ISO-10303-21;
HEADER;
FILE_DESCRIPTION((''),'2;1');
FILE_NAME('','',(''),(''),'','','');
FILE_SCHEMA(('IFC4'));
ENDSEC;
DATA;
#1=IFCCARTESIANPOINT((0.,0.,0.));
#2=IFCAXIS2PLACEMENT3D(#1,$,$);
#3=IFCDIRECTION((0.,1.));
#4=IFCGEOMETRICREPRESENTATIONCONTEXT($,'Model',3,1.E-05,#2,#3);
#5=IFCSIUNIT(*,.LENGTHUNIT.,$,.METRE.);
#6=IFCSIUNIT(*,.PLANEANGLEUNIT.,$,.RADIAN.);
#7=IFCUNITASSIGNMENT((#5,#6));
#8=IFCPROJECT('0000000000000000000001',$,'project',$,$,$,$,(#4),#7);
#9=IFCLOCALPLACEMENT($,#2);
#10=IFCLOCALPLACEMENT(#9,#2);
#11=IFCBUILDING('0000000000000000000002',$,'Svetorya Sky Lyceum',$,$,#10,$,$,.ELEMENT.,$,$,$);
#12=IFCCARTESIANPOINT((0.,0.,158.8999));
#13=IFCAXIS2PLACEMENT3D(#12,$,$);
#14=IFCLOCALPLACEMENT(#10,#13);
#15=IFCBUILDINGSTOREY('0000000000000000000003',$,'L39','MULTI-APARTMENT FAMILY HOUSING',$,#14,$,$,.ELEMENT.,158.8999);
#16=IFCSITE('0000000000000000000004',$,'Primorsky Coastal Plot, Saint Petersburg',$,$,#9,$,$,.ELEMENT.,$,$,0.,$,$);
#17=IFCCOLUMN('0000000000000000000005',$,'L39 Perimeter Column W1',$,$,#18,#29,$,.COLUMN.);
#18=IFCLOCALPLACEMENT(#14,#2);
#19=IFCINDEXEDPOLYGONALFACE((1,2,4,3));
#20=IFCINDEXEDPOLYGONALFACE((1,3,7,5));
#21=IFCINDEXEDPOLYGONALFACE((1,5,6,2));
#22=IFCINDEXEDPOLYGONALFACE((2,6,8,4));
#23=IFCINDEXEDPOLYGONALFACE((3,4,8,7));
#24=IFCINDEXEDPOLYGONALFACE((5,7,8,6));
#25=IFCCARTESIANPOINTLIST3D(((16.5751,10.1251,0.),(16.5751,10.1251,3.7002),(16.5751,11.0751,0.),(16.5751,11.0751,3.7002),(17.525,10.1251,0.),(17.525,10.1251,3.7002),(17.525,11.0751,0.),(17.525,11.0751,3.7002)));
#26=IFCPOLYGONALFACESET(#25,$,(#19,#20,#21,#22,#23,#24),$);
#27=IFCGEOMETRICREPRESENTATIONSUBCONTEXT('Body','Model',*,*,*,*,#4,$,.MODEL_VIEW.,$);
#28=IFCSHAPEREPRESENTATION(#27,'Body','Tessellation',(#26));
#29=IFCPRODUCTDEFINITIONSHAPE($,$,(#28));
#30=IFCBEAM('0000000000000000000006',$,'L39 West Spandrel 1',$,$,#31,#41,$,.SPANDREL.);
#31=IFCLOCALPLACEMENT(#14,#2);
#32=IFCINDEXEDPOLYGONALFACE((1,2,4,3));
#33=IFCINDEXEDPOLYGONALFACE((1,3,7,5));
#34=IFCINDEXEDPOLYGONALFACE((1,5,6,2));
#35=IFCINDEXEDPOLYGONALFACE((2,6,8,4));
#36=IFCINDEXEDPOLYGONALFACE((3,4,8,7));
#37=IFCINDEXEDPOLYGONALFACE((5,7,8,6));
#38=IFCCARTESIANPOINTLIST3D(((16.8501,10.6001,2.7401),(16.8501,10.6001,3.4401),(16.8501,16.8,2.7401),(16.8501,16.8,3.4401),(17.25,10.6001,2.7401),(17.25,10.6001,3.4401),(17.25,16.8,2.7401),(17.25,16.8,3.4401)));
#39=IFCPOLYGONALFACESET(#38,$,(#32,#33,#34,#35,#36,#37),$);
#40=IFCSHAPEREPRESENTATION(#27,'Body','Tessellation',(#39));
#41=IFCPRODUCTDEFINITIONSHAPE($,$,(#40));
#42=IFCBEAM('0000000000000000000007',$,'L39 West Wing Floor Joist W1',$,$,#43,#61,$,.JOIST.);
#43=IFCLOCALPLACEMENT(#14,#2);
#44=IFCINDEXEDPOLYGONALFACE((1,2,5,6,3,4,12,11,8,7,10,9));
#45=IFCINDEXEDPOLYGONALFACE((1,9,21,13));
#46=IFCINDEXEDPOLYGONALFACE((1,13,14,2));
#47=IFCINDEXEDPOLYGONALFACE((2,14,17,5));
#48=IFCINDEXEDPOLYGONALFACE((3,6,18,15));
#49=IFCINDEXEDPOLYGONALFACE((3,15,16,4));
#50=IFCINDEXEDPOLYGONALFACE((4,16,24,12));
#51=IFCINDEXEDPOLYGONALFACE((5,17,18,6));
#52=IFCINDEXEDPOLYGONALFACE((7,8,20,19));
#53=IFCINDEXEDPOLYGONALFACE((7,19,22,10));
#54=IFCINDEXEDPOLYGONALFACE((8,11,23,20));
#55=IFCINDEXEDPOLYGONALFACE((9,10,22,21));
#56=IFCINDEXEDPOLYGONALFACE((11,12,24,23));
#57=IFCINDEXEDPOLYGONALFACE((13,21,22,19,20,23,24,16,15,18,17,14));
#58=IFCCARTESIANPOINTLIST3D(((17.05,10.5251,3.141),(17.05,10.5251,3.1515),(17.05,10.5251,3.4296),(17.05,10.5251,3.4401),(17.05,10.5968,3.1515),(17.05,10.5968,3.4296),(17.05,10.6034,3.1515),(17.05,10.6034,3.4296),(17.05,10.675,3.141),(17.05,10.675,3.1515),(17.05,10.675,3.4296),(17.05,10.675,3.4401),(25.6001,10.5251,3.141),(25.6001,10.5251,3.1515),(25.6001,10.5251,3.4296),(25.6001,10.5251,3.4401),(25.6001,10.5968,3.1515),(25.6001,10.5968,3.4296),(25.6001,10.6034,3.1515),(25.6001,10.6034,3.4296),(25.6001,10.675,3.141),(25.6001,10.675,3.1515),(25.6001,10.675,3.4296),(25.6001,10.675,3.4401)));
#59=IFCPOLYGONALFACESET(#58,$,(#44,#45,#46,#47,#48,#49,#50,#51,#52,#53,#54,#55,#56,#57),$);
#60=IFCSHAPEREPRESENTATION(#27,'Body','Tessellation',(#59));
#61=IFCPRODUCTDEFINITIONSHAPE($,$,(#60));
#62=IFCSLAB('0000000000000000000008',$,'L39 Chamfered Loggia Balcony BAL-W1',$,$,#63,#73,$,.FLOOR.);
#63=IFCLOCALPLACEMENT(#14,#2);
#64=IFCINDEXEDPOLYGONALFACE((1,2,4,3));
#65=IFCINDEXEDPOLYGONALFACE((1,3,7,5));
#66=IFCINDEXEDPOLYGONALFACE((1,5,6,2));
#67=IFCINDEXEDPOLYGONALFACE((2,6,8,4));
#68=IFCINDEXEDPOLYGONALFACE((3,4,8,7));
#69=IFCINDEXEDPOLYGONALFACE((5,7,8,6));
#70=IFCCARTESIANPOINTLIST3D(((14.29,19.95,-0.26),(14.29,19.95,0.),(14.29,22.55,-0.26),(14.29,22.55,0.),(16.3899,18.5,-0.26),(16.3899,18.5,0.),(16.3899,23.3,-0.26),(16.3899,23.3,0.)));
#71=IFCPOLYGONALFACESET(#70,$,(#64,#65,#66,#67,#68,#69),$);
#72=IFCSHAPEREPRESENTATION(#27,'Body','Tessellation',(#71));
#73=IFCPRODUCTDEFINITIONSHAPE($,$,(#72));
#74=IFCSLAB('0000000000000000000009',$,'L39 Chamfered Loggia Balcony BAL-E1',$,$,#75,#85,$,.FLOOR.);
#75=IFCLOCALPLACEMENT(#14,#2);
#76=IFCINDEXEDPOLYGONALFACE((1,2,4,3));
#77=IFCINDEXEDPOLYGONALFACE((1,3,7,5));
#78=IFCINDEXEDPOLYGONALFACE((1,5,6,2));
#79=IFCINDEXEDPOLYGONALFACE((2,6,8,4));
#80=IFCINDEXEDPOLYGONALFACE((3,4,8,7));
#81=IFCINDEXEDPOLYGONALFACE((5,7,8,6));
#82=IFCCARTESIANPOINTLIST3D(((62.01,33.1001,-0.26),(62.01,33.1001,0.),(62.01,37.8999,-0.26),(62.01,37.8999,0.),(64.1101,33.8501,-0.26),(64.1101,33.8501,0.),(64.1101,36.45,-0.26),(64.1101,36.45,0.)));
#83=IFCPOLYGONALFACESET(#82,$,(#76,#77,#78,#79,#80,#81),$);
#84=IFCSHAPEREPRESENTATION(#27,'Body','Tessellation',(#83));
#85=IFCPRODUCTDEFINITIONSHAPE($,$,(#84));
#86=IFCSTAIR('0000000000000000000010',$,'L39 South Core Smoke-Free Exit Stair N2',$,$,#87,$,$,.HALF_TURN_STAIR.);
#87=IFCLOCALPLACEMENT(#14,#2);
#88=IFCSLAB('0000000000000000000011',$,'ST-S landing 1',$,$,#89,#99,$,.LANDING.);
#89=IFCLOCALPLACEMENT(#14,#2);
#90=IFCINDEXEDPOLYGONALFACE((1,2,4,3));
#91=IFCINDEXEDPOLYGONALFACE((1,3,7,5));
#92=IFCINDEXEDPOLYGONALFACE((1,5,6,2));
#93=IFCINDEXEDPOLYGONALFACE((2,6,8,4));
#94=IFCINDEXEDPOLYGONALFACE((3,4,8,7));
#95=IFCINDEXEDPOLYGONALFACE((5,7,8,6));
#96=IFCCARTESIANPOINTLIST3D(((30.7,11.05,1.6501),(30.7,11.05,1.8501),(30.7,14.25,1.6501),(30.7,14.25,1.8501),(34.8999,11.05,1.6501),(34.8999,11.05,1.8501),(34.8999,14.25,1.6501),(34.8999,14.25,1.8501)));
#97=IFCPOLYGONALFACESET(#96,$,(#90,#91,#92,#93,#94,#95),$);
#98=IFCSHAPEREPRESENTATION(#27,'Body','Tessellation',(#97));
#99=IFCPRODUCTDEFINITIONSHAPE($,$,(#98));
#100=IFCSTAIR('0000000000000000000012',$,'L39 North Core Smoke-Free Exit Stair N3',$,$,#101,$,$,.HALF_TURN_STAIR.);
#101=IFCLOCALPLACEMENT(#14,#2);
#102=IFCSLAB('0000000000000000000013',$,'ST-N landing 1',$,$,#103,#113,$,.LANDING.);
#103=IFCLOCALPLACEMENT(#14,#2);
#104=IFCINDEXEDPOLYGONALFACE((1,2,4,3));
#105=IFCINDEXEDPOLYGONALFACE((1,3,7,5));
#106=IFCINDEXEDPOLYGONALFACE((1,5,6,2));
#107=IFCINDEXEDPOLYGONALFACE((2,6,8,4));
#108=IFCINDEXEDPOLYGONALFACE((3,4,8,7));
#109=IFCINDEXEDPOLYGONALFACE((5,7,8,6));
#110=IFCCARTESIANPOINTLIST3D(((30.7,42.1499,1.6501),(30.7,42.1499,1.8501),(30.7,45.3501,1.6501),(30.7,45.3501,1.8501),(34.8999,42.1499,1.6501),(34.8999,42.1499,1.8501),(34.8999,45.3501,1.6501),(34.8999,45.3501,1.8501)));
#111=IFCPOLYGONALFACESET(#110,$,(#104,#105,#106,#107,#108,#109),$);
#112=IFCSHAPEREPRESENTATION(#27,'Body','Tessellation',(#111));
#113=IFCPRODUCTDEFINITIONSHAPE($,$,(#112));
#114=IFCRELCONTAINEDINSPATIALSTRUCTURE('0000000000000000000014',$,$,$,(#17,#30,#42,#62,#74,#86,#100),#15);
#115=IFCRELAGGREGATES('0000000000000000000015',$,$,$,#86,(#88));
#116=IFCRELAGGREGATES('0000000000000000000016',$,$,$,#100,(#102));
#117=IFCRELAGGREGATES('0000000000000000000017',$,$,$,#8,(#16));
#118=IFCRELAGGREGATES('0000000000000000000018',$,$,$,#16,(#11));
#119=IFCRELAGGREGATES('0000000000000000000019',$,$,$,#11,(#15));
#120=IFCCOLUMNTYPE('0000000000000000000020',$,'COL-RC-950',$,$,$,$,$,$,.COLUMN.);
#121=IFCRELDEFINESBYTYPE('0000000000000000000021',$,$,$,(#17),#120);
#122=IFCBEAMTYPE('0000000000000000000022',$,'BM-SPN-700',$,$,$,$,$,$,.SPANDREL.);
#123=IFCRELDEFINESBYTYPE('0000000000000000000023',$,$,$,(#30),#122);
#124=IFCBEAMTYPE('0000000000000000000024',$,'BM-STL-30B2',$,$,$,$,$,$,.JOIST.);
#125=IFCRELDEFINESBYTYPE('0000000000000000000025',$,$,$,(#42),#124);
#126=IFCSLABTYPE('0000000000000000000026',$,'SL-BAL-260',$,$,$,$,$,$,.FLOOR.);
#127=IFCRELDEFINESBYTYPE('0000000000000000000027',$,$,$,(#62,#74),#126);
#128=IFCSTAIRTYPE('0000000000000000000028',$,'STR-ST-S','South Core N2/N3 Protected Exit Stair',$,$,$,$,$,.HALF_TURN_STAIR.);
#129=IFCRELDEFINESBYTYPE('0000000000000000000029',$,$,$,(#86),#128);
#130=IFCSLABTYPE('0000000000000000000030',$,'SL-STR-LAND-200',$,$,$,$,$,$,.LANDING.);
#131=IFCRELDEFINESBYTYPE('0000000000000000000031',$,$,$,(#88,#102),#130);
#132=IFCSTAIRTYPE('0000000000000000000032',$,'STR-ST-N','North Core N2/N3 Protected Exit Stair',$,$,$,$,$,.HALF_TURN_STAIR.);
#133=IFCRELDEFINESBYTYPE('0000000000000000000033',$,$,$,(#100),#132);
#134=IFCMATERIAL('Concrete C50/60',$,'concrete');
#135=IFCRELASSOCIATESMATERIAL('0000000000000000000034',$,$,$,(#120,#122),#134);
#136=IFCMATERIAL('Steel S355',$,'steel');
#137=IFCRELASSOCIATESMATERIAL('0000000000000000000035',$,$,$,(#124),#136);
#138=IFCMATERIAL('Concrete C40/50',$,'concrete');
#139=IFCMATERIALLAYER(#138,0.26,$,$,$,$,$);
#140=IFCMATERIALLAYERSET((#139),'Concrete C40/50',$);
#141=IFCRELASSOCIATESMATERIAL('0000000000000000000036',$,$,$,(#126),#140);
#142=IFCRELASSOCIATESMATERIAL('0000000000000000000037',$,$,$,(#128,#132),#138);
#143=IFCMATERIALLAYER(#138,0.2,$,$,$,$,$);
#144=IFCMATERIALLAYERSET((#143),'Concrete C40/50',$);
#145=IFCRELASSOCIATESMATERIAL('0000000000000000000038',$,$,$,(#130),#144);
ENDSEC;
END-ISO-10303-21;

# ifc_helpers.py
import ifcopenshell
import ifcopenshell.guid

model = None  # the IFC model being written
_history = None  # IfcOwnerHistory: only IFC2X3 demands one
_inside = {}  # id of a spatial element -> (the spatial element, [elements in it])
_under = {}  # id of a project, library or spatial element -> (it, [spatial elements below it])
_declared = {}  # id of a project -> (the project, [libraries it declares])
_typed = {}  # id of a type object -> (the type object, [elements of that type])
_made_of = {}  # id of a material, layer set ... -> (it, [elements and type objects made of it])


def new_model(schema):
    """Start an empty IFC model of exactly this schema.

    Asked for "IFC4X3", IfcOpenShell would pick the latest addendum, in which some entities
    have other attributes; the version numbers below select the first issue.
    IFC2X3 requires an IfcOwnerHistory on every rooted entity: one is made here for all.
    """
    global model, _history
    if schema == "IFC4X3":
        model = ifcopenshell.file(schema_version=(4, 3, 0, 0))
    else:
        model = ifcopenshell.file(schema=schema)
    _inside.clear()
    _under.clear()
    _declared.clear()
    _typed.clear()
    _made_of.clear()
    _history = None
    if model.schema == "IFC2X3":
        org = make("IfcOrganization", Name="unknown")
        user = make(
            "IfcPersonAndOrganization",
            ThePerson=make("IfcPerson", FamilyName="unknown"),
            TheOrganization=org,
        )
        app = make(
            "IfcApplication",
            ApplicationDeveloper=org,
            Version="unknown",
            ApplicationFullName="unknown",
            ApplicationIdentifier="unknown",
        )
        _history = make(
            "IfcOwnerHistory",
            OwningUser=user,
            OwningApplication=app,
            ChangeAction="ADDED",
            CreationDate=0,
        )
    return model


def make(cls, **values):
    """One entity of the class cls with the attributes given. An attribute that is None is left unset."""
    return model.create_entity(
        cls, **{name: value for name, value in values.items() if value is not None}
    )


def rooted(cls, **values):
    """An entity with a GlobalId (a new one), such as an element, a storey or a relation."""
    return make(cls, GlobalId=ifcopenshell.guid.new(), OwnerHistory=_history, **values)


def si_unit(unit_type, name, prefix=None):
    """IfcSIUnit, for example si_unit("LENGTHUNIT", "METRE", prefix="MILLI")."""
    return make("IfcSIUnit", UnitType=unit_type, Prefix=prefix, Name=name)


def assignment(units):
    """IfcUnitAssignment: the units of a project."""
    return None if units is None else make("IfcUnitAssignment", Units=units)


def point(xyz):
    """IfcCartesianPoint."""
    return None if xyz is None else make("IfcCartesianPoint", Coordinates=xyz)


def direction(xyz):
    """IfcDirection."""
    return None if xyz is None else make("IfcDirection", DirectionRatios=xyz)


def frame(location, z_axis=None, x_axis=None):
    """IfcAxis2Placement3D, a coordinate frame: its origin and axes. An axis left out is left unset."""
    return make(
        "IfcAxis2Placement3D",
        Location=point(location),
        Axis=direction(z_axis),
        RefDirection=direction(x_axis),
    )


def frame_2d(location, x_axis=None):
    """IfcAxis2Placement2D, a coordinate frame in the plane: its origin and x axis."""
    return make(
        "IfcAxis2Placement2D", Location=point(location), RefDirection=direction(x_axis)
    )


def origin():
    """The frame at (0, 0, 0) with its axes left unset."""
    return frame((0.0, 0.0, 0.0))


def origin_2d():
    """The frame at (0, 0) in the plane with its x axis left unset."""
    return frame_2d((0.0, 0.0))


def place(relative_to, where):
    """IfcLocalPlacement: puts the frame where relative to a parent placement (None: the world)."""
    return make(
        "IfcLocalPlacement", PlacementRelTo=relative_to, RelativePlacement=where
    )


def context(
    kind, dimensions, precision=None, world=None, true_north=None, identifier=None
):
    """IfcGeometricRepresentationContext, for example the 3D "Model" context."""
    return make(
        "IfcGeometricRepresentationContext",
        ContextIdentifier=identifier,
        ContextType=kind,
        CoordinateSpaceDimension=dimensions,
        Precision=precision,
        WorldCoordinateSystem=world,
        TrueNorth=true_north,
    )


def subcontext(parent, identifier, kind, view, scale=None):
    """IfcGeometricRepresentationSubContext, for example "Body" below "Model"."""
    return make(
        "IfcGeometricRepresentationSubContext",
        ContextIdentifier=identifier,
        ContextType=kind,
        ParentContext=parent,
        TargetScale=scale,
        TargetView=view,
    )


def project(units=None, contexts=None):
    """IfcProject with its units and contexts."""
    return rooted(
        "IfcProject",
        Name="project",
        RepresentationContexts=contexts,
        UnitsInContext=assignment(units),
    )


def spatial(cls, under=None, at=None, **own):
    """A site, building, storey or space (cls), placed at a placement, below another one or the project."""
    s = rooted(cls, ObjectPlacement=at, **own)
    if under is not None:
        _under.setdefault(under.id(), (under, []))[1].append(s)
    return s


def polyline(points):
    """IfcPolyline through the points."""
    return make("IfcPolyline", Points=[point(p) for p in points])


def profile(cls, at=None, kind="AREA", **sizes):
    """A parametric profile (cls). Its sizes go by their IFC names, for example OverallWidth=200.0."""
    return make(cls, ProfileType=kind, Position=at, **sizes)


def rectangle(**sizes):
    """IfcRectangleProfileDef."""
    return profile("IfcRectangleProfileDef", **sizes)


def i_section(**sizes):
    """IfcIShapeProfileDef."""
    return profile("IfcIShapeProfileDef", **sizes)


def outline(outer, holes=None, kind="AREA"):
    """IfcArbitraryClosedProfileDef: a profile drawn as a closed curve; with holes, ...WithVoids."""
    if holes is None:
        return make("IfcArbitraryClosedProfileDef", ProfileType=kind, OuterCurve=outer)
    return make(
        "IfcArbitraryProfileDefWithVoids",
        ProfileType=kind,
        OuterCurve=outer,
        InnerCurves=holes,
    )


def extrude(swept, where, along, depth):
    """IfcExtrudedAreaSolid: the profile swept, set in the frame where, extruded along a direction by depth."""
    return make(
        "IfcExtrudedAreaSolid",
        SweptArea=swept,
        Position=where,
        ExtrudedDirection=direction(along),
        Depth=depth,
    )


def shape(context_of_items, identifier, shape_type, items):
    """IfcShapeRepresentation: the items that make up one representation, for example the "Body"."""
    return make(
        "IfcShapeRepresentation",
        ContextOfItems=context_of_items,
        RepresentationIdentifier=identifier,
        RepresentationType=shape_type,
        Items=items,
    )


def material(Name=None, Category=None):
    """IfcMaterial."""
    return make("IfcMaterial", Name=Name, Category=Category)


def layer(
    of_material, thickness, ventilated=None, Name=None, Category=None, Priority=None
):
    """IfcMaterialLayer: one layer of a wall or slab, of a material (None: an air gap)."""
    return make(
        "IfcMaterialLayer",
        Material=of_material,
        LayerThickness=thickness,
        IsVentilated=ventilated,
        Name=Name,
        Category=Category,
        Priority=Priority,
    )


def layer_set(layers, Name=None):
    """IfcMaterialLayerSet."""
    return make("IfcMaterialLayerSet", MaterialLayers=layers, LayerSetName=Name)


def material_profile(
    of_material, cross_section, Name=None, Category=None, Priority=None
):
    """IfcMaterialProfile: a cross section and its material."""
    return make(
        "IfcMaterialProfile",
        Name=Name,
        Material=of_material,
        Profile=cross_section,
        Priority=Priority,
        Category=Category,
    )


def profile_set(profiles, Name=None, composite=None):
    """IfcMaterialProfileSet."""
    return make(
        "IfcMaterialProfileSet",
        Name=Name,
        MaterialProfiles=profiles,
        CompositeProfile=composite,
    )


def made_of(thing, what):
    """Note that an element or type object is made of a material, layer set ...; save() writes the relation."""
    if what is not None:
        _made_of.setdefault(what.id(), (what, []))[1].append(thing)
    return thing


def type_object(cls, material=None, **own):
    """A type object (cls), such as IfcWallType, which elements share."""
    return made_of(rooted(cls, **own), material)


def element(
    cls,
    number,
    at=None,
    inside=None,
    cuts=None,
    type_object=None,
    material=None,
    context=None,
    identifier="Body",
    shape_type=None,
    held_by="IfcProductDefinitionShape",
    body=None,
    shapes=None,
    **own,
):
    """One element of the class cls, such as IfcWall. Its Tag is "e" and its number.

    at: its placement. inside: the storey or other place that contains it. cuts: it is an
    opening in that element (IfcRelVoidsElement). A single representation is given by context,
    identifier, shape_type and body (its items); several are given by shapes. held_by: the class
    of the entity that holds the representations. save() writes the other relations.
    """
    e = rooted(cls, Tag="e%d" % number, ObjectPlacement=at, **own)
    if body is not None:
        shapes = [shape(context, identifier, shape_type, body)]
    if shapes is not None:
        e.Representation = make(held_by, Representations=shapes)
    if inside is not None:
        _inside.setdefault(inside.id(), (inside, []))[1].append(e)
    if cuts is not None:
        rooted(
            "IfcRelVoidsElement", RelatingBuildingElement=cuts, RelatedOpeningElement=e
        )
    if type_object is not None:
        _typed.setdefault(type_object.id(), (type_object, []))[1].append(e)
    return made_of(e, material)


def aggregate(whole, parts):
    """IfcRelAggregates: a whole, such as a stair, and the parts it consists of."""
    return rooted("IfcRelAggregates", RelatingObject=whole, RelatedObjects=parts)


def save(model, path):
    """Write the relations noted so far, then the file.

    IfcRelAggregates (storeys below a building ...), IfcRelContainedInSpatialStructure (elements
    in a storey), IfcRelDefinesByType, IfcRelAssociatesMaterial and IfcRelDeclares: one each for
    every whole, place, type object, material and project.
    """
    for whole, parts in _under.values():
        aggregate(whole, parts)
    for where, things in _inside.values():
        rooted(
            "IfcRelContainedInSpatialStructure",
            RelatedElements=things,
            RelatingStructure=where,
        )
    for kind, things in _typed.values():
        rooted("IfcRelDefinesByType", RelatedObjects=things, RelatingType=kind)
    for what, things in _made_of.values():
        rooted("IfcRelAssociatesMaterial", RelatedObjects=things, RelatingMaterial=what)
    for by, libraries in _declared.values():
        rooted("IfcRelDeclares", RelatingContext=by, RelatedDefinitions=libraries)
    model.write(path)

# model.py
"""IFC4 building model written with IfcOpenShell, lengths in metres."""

from ifc_helpers import new_model, si_unit, direction, frame, origin, origin_2d, place, context, subcontext, project, spatial, polyline, rectangle, i_section, outline, extrude, material, layer, layer_set, material_profile, profile_set, type_object, element, aggregate, save


model = new_model("IFC4")

# Units and contexts
model_context = context("Model", 3, precision=1e-05, world=origin(), true_north=direction((0.0, 1.0)))
body_context = subcontext(model_context, "Body", "Model", "MODEL_VIEW")
ifc_project = project(units=[si_unit("LENGTHUNIT", "METRE"), si_unit("PLANEANGLEUNIT", "RADIAN")], contexts=[model_context])

# Site, building, storey
site_placement = place(None, origin())
site = spatial("IfcSite", under=ifc_project, at=site_placement, Name="Primorsky Coastal Plot, Saint Petersburg", CompositionType="ELEMENT", RefElevation=0.0)
building_placement = place(site_placement, origin())
building = spatial("IfcBuilding", under=site, at=building_placement, Name="Svetorya Sky Lyceum", CompositionType="ELEMENT")
storey_placement = place(building_placement, frame((0.0, 0.0, 158.8999)))
storey = spatial("IfcBuildingStorey", under=building, at=storey_placement, Name="L39", Description="MULTI-APARTMENT FAMILY HOUSING", CompositionType="ELEMENT", Elevation=158.8999)

# Column
ifc_material_1 = material(Name="Concrete C50/60", Category="concrete")
ifc_material_profile_1 = material_profile(ifc_material_1, rectangle(XDim=0.95, YDim=0.95, at=origin_2d()), Name="RC COL 950x950")
ifc_profile_set_1 = profile_set([ifc_material_profile_1], Name="Concrete C50/60")
column_type = type_object("IfcColumnType", Name="COL-RC-950", PredefinedType="COLUMN", material=ifc_profile_set_1)
column_placement = place(storey_placement, frame((17.05, 10.6001, 0.0), z_axis=(0.0, 0.0, 1.0), x_axis=(1.0, 0.0, 0.0)))
element("IfcColumn", 1, at=column_placement, inside=storey, type_object=column_type, Name="L39 Perimeter Column W1", PredefinedType="COLUMN", context=body_context, shape_type="SweptSolid", body=[
    extrude(rectangle(XDim=0.95, YDim=0.95, at=origin_2d()), origin(), (0.0, 0.0, 1.0), 3.7002),
])

# Beams
ifc_material_profile_2 = material_profile(ifc_material_1, rectangle(XDim=0.3999, YDim=0.7, at=origin_2d()), Name="RC SPANDREL 400x700")
ifc_profile_set_2 = profile_set([ifc_material_profile_2], Name="Concrete C50/60")
beam_type_1 = type_object("IfcBeamType", Name="BM-SPN-700", PredefinedType="SPANDREL", material=ifc_profile_set_2)
beam_1_placement = place(storey_placement, frame((17.05, 10.6001, 3.0901), z_axis=(0.0, 1.0, 0.0), x_axis=(-1.0, 0.0, 0.0)))
element("IfcBeam", 2, at=beam_1_placement, inside=storey, type_object=beam_type_1, Name="L39 West Spandrel 1", PredefinedType="SPANDREL", context=body_context, shape_type="SweptSolid", body=[
    extrude(rectangle(XDim=0.3999, YDim=0.7, at=origin_2d()), origin(), (0.0, 0.0, 1.0), 6.2),
])
ifc_material_2 = material(Name="Steel S355", Category="steel")
ifc_material_profile_3 = material_profile(ifc_material_2, i_section(OverallWidth=0.1499, OverallDepth=0.2991, WebThickness=0.0066, FlangeThickness=0.0105, at=origin_2d()), Name="GOST 30B2")
ifc_profile_set_3 = profile_set([ifc_material_profile_3], Name="Steel S355")
beam_type_2 = type_object("IfcBeamType", Name="BM-STL-30B2", PredefinedType="JOIST", material=ifc_profile_set_3)
beam_2_placement = place(storey_placement, frame((17.05, 10.6001, 3.2905), z_axis=(1.0, 0.0, 0.0), x_axis=(0.0, 1.0, 0.0)))
element("IfcBeam", 3, at=beam_2_placement, inside=storey, type_object=beam_type_2, Name="L39 West Wing Floor Joist W1", PredefinedType="JOIST", context=body_context, shape_type="SweptSolid", body=[
    extrude(i_section(OverallWidth=0.1499, OverallDepth=0.2991, WebThickness=0.0066, FlangeThickness=0.0105, at=origin_2d()), origin(), (0.0, 0.0, 1.0), 8.55),
])

# Slabs
ifc_material_3 = material(Name="Concrete C40/50", Category="concrete")
ifc_layer_1 = layer(ifc_material_3, 0.26)
ifc_layer_set_1 = layer_set([ifc_layer_1], Name="Concrete C40/50")
slab_type_1 = type_object("IfcSlabType", Name="SL-BAL-260", PredefinedType="FLOOR", material=ifc_layer_set_1)
slab_1_placement = place(storey_placement, frame((0.0, 0.0, -0.26)))
element("IfcSlab", 4, at=slab_1_placement, inside=storey, type_object=slab_type_1, Name="L39 Chamfered Loggia Balcony BAL-W1", PredefinedType="FLOOR", context=body_context, shape_type="SweptSolid", body=[
    extrude(outline(polyline([(16.3899, 18.5), (16.3899, 23.3), (14.29, 22.55), (14.29, 19.95), (16.3899, 18.5)])), origin(), (0.0, 0.0, 1.0), 0.26),
])
slab_2_placement = place(storey_placement, frame((0.0, 0.0, -0.26)))
element("IfcSlab", 5, at=slab_2_placement, inside=storey, type_object=slab_type_1, Name="L39 Chamfered Loggia Balcony BAL-E1", PredefinedType="FLOOR", context=body_context, shape_type="SweptSolid", body=[
    extrude(outline(polyline([(62.01, 33.1001), (64.1101, 33.8501), (64.1101, 36.45), (62.01, 37.8999), (62.01, 33.1001)])), origin(), (0.0, 0.0, 1.0), 0.26),
])

# Stairs, slabs
stair_type_1 = type_object("IfcStairType", Name="STR-ST-S", Description="South Core N2/N3 Protected Exit Stair", PredefinedType="HALF_TURN_STAIR", material=ifc_material_3)
stair_1_placement = place(storey_placement, origin())
stair_1 = element("IfcStair", 6, at=stair_1_placement, inside=storey, type_object=stair_type_1, Name="L39 South Core Smoke-Free Exit Stair N2", PredefinedType="HALF_TURN_STAIR")
ifc_layer_2 = layer(ifc_material_3, 0.2)
ifc_layer_set_2 = layer_set([ifc_layer_2], Name="Concrete C40/50")
slab_type_2 = type_object("IfcSlabType", Name="SL-STR-LAND-200", PredefinedType="LANDING", material=ifc_layer_set_2)
slab_3_placement = place(storey_placement, frame((0.0, 0.0, 1.6501)))
slab_3 = element("IfcSlab", 7, at=slab_3_placement, type_object=slab_type_2, Name="ST-S landing 1", PredefinedType="LANDING", context=body_context, shape_type="SweptSolid", body=[
    extrude(outline(polyline([(30.7, 11.05), (34.8999, 11.05), (34.8999, 14.25), (30.7, 14.25), (30.7, 11.05)])), origin(), (0.0, 0.0, 1.0), 0.2),
])
aggregate(stair_1, [slab_3])
stair_type_2 = type_object("IfcStairType", Name="STR-ST-N", Description="North Core N2/N3 Protected Exit Stair", PredefinedType="HALF_TURN_STAIR", material=ifc_material_3)
stair_2_placement = place(storey_placement, origin())
stair_2 = element("IfcStair", 8, at=stair_2_placement, inside=storey, type_object=stair_type_2, Name="L39 North Core Smoke-Free Exit Stair N3", PredefinedType="HALF_TURN_STAIR")
slab_4_placement = place(storey_placement, frame((0.0, 0.0, 1.6501)))
slab_4 = element("IfcSlab", 9, at=slab_4_placement, type_object=slab_type_2, Name="ST-N landing 1", PredefinedType="LANDING", context=body_context, shape_type="SweptSolid", body=[
    extrude(outline(polyline([(30.7, 42.1499), (34.8999, 42.1499), (34.8999, 45.3501), (30.7, 45.3501), (30.7, 42.1499)])), origin(), (0.0, 0.0, 1.0), 0.2),
])
aggregate(stair_2, [slab_4])

save(model, "model.ifc")
